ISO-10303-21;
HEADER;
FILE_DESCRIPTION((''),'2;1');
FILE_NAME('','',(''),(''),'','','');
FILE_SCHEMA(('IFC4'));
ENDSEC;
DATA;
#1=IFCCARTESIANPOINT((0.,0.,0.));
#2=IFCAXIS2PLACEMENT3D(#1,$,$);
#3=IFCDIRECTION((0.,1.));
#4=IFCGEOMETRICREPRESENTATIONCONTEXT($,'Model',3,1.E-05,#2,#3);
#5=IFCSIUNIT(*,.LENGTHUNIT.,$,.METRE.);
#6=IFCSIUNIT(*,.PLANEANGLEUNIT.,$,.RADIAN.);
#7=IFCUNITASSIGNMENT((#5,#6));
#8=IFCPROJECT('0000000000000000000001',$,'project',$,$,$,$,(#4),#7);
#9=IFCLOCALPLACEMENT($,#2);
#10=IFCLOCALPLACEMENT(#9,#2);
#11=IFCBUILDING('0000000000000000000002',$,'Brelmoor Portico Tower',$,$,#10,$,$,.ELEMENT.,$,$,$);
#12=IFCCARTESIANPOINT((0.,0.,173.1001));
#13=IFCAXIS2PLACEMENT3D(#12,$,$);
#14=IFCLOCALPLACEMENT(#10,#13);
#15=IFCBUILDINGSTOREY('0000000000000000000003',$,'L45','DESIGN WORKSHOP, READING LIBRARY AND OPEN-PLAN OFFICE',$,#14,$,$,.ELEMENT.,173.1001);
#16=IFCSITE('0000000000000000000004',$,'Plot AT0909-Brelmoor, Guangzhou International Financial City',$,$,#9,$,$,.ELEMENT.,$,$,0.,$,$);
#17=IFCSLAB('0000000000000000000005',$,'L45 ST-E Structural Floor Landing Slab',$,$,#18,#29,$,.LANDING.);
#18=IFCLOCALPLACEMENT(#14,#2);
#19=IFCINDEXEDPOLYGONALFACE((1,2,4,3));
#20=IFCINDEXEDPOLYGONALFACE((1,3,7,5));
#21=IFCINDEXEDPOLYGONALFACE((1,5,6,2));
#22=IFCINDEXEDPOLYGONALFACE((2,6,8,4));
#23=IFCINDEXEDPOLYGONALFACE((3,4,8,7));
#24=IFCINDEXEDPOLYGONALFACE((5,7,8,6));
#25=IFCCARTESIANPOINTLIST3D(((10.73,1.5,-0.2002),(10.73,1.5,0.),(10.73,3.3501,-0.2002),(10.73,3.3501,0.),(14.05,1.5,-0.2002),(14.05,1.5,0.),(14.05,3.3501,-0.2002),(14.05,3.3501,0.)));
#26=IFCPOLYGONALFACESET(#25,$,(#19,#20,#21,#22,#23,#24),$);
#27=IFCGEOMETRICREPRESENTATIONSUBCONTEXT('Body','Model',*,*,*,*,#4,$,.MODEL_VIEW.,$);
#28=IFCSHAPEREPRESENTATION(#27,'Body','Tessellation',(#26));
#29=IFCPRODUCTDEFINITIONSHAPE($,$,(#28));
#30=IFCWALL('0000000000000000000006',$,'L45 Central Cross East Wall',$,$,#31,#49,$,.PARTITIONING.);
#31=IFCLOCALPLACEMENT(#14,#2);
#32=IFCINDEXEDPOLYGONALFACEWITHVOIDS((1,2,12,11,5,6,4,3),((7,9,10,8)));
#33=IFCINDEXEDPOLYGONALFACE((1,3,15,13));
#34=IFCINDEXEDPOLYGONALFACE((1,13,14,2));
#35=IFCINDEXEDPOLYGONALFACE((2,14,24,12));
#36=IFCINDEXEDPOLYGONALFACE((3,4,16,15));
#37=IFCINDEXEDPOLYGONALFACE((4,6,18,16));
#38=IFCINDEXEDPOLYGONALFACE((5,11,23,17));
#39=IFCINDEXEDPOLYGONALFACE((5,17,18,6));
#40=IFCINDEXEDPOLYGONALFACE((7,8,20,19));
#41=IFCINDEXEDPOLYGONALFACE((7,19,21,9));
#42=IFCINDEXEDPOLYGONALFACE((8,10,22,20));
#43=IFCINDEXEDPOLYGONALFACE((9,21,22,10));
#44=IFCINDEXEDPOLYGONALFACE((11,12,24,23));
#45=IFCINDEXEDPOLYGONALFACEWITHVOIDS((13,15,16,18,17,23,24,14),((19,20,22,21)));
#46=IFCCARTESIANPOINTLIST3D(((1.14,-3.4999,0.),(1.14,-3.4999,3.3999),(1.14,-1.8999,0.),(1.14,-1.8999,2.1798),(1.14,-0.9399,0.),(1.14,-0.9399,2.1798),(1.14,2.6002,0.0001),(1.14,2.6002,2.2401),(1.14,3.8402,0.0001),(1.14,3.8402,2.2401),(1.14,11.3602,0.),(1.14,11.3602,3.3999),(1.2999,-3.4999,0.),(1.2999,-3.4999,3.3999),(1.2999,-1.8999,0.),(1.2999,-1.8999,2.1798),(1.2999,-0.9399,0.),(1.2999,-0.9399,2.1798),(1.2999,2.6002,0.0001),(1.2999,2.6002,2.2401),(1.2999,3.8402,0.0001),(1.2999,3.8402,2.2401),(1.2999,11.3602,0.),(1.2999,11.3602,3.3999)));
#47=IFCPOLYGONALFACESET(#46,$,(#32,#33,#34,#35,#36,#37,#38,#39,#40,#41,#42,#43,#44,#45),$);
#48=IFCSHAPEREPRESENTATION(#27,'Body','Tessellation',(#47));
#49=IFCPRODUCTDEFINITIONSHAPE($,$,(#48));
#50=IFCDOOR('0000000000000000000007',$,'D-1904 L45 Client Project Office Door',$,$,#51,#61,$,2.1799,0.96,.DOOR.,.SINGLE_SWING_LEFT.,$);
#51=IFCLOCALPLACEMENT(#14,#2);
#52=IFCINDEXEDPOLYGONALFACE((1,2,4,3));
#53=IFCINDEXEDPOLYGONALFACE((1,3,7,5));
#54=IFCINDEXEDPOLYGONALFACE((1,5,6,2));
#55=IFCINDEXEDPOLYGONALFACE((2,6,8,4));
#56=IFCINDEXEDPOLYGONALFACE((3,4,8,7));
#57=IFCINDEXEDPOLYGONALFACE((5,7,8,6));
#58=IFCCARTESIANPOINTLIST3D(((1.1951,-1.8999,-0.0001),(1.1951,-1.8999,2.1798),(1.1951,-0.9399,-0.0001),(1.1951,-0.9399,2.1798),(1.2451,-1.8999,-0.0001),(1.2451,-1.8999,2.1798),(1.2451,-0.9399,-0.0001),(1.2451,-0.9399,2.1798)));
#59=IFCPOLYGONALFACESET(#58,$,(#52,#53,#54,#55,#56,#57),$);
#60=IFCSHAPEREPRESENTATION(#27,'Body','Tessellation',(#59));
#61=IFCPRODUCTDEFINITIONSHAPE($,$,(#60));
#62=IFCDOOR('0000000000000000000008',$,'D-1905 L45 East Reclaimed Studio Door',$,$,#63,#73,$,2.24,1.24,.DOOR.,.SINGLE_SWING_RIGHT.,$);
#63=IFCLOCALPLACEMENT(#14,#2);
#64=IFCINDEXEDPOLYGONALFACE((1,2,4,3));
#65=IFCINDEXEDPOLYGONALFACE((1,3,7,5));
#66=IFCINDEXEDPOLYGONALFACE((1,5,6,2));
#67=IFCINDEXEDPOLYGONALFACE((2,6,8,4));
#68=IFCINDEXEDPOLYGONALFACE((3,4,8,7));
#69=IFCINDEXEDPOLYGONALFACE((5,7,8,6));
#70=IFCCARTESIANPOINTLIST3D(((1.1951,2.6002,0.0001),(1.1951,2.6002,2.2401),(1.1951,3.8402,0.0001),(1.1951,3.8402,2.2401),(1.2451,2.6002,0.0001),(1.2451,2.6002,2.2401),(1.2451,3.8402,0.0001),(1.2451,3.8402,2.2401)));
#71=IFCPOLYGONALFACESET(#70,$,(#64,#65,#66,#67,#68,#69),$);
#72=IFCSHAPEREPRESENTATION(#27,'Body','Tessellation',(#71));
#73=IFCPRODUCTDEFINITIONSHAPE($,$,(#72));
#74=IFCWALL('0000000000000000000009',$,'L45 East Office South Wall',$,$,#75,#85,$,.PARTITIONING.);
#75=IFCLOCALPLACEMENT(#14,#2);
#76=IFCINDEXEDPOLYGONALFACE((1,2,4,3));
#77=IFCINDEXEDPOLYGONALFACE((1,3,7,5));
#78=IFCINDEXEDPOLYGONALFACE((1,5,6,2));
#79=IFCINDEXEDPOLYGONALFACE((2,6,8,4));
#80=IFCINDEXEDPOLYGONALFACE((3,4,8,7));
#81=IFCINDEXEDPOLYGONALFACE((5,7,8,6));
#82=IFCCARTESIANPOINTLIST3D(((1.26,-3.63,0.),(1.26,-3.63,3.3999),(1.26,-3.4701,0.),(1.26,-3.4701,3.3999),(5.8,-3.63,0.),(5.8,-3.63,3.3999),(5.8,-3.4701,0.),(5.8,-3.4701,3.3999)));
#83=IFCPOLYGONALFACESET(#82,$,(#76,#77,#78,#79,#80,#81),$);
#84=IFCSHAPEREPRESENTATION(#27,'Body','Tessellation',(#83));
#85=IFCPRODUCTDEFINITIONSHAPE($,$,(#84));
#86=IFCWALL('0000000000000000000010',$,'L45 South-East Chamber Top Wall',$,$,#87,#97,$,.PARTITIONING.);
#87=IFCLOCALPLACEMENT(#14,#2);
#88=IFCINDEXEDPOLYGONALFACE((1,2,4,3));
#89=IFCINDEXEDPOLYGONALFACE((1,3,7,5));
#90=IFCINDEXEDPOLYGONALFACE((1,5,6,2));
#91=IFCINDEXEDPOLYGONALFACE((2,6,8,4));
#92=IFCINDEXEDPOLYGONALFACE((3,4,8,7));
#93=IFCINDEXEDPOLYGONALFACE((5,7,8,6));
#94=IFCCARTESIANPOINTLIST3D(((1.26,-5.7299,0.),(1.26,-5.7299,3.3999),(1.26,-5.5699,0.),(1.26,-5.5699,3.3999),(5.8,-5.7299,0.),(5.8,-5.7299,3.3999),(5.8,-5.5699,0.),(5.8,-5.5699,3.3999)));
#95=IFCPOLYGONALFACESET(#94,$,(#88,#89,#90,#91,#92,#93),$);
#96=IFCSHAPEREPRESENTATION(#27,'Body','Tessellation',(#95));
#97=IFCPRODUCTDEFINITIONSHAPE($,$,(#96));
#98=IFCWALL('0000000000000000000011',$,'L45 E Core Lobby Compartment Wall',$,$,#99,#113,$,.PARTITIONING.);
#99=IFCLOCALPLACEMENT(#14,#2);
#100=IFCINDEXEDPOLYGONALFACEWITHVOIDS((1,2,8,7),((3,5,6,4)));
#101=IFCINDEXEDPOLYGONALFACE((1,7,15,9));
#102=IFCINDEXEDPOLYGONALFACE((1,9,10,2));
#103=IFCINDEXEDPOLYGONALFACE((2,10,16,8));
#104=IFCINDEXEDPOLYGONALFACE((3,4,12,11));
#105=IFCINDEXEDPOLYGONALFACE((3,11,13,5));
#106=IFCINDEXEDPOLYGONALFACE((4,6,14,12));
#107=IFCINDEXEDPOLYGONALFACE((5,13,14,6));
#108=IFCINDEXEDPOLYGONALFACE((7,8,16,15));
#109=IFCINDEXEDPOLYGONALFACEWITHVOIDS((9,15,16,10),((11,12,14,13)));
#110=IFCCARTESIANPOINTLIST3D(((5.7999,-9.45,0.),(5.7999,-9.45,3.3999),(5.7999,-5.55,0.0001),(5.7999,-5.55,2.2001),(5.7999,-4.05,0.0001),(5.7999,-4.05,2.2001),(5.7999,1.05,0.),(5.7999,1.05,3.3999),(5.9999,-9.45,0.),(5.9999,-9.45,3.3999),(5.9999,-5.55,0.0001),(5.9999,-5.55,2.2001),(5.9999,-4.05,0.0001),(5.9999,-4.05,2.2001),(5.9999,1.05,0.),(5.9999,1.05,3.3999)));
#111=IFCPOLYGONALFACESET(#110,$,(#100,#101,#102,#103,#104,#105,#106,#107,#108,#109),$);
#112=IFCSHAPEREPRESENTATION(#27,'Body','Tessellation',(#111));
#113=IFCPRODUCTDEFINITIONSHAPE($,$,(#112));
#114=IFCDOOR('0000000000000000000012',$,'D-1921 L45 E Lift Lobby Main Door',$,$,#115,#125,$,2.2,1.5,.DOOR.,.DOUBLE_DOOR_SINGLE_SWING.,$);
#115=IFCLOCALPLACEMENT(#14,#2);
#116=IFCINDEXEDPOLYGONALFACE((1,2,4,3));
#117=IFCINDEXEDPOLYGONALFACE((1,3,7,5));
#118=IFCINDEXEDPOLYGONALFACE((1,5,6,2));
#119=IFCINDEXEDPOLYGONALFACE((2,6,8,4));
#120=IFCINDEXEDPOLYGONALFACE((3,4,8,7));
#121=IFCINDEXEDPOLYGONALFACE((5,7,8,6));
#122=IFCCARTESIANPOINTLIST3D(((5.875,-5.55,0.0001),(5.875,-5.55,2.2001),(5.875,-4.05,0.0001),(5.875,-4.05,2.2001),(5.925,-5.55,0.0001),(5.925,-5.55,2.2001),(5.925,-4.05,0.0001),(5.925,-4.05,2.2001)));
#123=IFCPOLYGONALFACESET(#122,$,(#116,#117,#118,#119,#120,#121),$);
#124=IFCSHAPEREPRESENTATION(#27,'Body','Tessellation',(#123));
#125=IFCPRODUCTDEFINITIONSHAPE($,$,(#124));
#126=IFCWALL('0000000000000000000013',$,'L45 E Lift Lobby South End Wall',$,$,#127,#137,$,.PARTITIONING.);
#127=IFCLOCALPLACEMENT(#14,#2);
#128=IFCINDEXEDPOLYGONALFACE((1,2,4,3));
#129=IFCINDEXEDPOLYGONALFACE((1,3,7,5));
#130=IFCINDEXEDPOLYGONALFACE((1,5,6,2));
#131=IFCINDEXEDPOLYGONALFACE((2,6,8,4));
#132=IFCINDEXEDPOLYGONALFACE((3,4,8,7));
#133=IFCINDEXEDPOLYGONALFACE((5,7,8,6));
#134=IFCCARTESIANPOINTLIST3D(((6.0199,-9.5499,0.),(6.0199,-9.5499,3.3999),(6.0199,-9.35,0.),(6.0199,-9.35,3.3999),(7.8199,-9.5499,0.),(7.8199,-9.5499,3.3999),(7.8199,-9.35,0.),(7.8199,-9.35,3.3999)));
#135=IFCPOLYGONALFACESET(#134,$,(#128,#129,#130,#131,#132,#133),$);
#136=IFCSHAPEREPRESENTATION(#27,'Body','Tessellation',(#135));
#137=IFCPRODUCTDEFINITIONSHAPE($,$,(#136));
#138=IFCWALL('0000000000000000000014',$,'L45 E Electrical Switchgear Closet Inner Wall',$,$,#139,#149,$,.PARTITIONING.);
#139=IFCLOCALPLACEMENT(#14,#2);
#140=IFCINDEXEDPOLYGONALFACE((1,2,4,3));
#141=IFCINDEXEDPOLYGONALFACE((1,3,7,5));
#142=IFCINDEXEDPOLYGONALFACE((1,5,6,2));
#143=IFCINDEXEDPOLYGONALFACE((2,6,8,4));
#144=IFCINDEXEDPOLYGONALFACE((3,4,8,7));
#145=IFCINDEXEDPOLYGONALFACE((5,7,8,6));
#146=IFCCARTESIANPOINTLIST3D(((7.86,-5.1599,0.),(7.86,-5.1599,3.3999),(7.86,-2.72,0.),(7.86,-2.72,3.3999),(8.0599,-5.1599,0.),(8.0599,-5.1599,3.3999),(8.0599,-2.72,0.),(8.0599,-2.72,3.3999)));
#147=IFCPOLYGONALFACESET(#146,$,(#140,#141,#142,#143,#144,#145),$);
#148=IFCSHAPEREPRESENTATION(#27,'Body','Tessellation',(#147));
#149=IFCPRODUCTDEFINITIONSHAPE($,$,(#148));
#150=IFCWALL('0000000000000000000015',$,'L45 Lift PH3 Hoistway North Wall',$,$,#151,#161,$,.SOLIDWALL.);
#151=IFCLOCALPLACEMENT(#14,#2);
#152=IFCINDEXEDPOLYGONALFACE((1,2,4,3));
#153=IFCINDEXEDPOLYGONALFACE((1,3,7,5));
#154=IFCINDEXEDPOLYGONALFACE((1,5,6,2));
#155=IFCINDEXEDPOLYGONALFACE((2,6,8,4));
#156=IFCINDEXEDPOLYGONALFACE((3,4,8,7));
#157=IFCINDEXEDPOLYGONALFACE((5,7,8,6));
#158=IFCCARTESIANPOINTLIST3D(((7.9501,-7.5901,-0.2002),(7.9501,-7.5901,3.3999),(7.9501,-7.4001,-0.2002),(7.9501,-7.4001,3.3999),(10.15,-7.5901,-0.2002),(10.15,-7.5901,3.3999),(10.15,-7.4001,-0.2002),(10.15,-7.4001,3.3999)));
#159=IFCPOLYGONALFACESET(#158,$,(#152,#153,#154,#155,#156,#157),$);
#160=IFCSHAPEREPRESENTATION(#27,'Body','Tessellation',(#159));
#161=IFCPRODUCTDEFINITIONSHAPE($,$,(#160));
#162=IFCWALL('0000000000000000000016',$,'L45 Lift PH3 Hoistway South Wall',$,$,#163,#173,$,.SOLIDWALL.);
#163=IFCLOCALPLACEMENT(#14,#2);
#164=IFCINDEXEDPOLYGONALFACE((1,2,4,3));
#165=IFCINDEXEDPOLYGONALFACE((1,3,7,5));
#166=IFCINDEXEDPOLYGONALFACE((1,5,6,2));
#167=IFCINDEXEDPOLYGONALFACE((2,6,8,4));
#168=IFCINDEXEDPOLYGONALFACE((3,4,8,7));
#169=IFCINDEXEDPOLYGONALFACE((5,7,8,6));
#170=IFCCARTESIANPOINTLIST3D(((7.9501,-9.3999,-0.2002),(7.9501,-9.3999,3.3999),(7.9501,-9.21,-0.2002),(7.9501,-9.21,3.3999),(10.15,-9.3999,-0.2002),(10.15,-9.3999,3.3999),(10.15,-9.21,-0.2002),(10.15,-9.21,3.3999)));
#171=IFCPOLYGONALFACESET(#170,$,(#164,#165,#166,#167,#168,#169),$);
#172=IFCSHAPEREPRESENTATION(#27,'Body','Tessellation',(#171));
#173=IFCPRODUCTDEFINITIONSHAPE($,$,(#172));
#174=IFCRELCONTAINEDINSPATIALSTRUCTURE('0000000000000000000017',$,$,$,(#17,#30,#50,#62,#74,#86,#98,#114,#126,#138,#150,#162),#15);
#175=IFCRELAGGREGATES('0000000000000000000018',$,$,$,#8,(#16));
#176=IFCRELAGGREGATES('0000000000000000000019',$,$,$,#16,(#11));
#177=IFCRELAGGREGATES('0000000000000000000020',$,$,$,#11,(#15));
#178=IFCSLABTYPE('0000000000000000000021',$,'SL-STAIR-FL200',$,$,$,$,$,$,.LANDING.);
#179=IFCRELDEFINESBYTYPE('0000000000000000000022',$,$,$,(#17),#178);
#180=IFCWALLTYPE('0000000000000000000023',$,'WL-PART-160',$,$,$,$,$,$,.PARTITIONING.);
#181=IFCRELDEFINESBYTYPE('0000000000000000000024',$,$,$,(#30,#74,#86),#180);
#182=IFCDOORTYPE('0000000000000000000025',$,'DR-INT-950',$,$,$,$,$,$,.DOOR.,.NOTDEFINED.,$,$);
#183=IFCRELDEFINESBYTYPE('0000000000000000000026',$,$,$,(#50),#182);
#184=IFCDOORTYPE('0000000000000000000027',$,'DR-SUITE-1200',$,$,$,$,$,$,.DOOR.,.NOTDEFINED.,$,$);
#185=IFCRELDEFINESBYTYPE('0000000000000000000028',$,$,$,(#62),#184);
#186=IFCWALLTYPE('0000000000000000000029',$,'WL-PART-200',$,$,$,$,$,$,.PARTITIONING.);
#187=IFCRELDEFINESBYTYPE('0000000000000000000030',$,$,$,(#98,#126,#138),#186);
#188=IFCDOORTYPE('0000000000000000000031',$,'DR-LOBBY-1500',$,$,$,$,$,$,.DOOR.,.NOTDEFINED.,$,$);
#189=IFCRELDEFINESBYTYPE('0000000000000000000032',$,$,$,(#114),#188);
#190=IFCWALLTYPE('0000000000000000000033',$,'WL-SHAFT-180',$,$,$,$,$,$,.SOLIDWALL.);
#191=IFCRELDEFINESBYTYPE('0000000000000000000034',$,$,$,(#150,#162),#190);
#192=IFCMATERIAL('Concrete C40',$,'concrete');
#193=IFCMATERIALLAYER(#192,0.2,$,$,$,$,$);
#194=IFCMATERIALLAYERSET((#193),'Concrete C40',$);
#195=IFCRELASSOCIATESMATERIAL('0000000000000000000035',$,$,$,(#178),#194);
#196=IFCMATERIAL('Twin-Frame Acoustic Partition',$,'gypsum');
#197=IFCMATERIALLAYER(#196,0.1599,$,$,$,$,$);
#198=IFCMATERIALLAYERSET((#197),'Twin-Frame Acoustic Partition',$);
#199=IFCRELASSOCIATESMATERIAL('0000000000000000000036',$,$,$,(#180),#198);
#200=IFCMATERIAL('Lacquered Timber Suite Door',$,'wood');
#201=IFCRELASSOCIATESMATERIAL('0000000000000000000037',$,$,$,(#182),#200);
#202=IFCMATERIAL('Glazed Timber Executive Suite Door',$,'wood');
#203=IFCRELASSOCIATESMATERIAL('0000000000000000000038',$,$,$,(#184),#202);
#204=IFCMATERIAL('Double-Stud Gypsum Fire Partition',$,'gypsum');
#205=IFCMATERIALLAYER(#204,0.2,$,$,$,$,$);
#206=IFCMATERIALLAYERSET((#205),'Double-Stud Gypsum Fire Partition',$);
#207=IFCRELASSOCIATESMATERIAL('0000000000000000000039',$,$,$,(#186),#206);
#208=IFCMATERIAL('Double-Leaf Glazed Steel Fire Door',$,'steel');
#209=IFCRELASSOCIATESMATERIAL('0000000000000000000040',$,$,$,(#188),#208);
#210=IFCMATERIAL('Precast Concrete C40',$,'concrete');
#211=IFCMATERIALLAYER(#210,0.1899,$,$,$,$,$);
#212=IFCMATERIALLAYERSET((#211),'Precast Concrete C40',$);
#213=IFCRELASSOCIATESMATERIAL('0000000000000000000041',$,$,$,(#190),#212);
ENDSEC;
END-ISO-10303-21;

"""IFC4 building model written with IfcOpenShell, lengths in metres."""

from ifc_helpers import new_model, si_unit, direction, frame, frame_2d, origin, place, context, subcontext, project, spatial, polyline, rectangle, outline, extrude, material, layer, layer_set, type_object, element, fill, save


model = new_model("IFC4")

# Units and contexts
model_context = context("Model", 3, precision=1e-05, world=origin(), true_north=direction((0.0, 1.0)))
body_context = subcontext(model_context, "Body", "Model", "MODEL_VIEW")
ifc_project = project(units=[si_unit("LENGTHUNIT", "METRE"), si_unit("PLANEANGLEUNIT", "RADIAN")], contexts=[model_context])

# Site, building, storey
site_placement = place(None, origin())
site = spatial("IfcSite", under=ifc_project, at=site_placement, Name="Plot AT0909-Brelmoor, Guangzhou International Financial City", CompositionType="ELEMENT", RefElevation=0.0)
building_placement = place(site_placement, origin())
building = spatial("IfcBuilding", under=site, at=building_placement, Name="Brelmoor Portico Tower", CompositionType="ELEMENT")
storey_placement = place(building_placement, frame((0.0, 0.0, 173.1001)))
storey = spatial("IfcBuildingStorey", under=building, at=storey_placement, Name="L45", Description="DESIGN WORKSHOP, READING LIBRARY AND OPEN-PLAN OFFICE", CompositionType="ELEMENT", Elevation=173.1001)

# Slab
ifc_material_1 = material(Name="Concrete C40", Category="concrete")
ifc_layer_1 = layer(ifc_material_1, 0.2)
ifc_layer_set_1 = layer_set([ifc_layer_1], Name="Concrete C40")
slab_type = type_object("IfcSlabType", Name="SL-STAIR-FL200", PredefinedType="LANDING", material=ifc_layer_set_1)
slab_placement = place(storey_placement, frame((0.0, 0.0, -0.2002)))
element("IfcSlab", 1, at=slab_placement, inside=storey, type_object=slab_type, Name="L45 ST-E Structural Floor Landing Slab", PredefinedType="LANDING", context=body_context, shape_type="SweptSolid", body=[
    extrude(outline(polyline([(14.05, 1.5), (14.05, 3.3501), (10.73, 3.3501), (10.73, 1.5), (14.05, 1.5)])), origin(), (0.0, 0.0, 1.0), 0.2002),
])

# Wall, openings, doors
ifc_material_2 = material(Name="Twin-Frame Acoustic Partition", Category="gypsum")
ifc_layer_2 = layer(ifc_material_2, 0.1599)
ifc_layer_set_2 = layer_set([ifc_layer_2], Name="Twin-Frame Acoustic Partition")
wall_type_1 = type_object("IfcWallType", Name="WL-PART-160", PredefinedType="PARTITIONING", material=ifc_layer_set_2)
wall_1_placement = place(storey_placement, frame((1.22, -3.5, 0.0), z_axis=(0.0, 0.0, 1.0), x_axis=(0.0, 1.0, 0.0)))
wall_1 = element("IfcWall", 2, at=wall_1_placement, inside=storey, type_object=wall_type_1, Name="L45 Central Cross East Wall", PredefinedType="PARTITIONING", context=body_context, shape_type="SweptSolid", body=[
    extrude(rectangle(XDim=14.8601, YDim=0.1599, at=frame_2d((7.4302, 0.0))), origin(), (0.0, 0.0, 1.0), 3.3999),
])
opening_1_placement = place(wall_1_placement, frame((6.1001, 0.0, 0.0)))
opening_1 = element("IfcOpeningElement", 3, at=opening_1_placement, cuts=wall_1, PredefinedType="OPENING", context=body_context, shape_type="SweptSolid", body=[
    extrude(rectangle(XDim=1.24, YDim=2.24, at=frame_2d((0.6201, 1.1201))), frame((0.0, 0.0898, 0.0), z_axis=(0.0, -1.0, 0.0), x_axis=(1.0, 0.0, 0.0)), (0.0, 0.0, 1.0), 0.1799),
])
opening_2_placement = place(wall_1_placement, frame((1.6001, 0.0, 0.0)))
opening_2 = element("IfcOpeningElement", 4, at=opening_2_placement, cuts=wall_1, PredefinedType="OPENING", context=body_context, shape_type="SweptSolid", body=[
    extrude(rectangle(XDim=0.96, YDim=2.1799, at=frame_2d((0.48, 1.0898))), frame((0.0, 0.0898, 0.0), z_axis=(0.0, -1.0, 0.0), x_axis=(1.0, 0.0, 0.0)), (0.0, 0.0, 1.0), 0.1799),
])
ifc_material_3 = material(Name="Lacquered Timber Suite Door", Category="wood")
door_type_1 = type_object("IfcDoorType", Name="DR-INT-950", OperationType="NOTDEFINED", PredefinedType="DOOR", material=ifc_material_3)
door_1_placement = place(opening_2_placement, origin())
door_1 = element("IfcDoor", 5, at=door_1_placement, inside=storey, type_object=door_type_1, Name="D-1904 L45 Client Project Office Door", OperationType="SINGLE_SWING_LEFT", OverallHeight=2.1799, OverallWidth=0.96, PredefinedType="DOOR", context=body_context, shape_type="SweptSolid", body=[
    extrude(rectangle(XDim=0.96, YDim=2.1799, at=frame_2d((0.48, 1.0898))), frame((0.0, 0.0249, 0.0), z_axis=(0.0, -1.0, 0.0), x_axis=(1.0, 0.0, 0.0)), (0.0, 0.0, 1.0), 0.05),
])
fill(opening_2, door_1)
ifc_material_4 = material(Name="Glazed Timber Executive Suite Door", Category="wood")
door_type_2 = type_object("IfcDoorType", Name="DR-SUITE-1200", OperationType="NOTDEFINED", PredefinedType="DOOR", material=ifc_material_4)
door_2_placement = place(opening_1_placement, origin())
door_2 = element("IfcDoor", 6, at=door_2_placement, inside=storey, type_object=door_type_2, Name="D-1905 L45 East Reclaimed Studio Door", OperationType="SINGLE_SWING_RIGHT", OverallHeight=2.24, OverallWidth=1.24, PredefinedType="DOOR", context=body_context, shape_type="SweptSolid", body=[
    extrude(rectangle(XDim=1.24, YDim=2.24, at=frame_2d((0.6201, 1.1201))), frame((0.0, 0.0249, 0.0), z_axis=(0.0, -1.0, 0.0), x_axis=(1.0, 0.0, 0.0)), (0.0, 0.0, 1.0), 0.05),
])
fill(opening_1, door_2)

# Walls
for number, where, z_axis, x_axis, name in (
    (7, (1.26, -3.55, 0.0), (0.0, 0.0, 1.0), (1.0, 0.0, 0.0), "L45 East Office South Wall"),
    (8, (1.26, -5.6499, 0.0), (0.0, 0.0, 1.0), (1.0, 0.0, 0.0), "L45 South-East Chamber Top Wall"),
):
    element("IfcWall", number, at=place(storey_placement, frame(where, z_axis=z_axis, x_axis=x_axis)), inside=storey, type_object=wall_type_1, Name=name, PredefinedType="PARTITIONING", context=body_context, shape_type="SweptSolid", body=[
        extrude(rectangle(XDim=4.54, YDim=0.1599, at=frame_2d((2.27, 0.0))), origin(), (0.0, 0.0, 1.0), 3.3999),
    ])

# Wall, opening, door
ifc_material_5 = material(Name="Double-Stud Gypsum Fire Partition", Category="gypsum")
ifc_layer_3 = layer(ifc_material_5, 0.2)
ifc_layer_set_3 = layer_set([ifc_layer_3], Name="Double-Stud Gypsum Fire Partition")
wall_type_2 = type_object("IfcWallType", Name="WL-PART-200", PredefinedType="PARTITIONING", material=ifc_layer_set_3)
wall_2_placement = place(storey_placement, frame((5.8999, -9.45, 0.0), z_axis=(0.0, 0.0, 1.0), x_axis=(0.0, 1.0, 0.0)))
wall_2 = element("IfcWall", 9, at=wall_2_placement, inside=storey, type_object=wall_type_2, Name="L45 E Core Lobby Compartment Wall", PredefinedType="PARTITIONING", context=body_context, shape_type="SweptSolid", body=[
    extrude(rectangle(XDim=10.5, YDim=0.2, at=frame_2d((5.25, 0.0))), origin(), (0.0, 0.0, 1.0), 3.3999),
])
opening_3_placement = place(wall_2_placement, frame((3.8999, 0.0, 0.0)))
opening_3 = element("IfcOpeningElement", 10, at=opening_3_placement, cuts=wall_2, PredefinedType="OPENING", context=body_context, shape_type="SweptSolid", body=[
    extrude(rectangle(XDim=1.5, YDim=2.2, at=frame_2d((0.75, 1.1001))), frame((0.0, 0.1099, 0.0), z_axis=(0.0, -1.0, 0.0), x_axis=(1.0, 0.0, 0.0)), (0.0, 0.0, 1.0), 0.22),
])
ifc_material_6 = material(Name="Double-Leaf Glazed Steel Fire Door", Category="steel")
door_type_3 = type_object("IfcDoorType", Name="DR-LOBBY-1500", OperationType="NOTDEFINED", PredefinedType="DOOR", material=ifc_material_6)
door_3_placement = place(opening_3_placement, origin())
door_3 = element("IfcDoor", 11, at=door_3_placement, inside=storey, type_object=door_type_3, Name="D-1921 L45 E Lift Lobby Main Door", OperationType="DOUBLE_DOOR_SINGLE_SWING", OverallHeight=2.2, OverallWidth=1.5, PredefinedType="DOOR", context=body_context, shape_type="SweptSolid", body=[
    extrude(rectangle(XDim=1.5, YDim=2.2, at=frame_2d((0.75, 1.1001))), frame((0.0, 0.0249, 0.0), z_axis=(0.0, -1.0, 0.0), x_axis=(1.0, 0.0, 0.0)), (0.0, 0.0, 1.0), 0.05),
])
fill(opening_3, door_3)

# Walls
wall_3_placement = place(storey_placement, frame((6.02, -9.45, 0.0), z_axis=(0.0, 0.0, 1.0), x_axis=(1.0, 0.0, 0.0)))
element("IfcWall", 12, at=wall_3_placement, inside=storey, type_object=wall_type_2, Name="L45 E Lift Lobby South End Wall", PredefinedType="PARTITIONING", context=body_context, shape_type="SweptSolid", body=[
    extrude(rectangle(XDim=1.8, YDim=0.2, at=frame_2d((0.8999, 0.0))), origin(), (0.0, 0.0, 1.0), 3.3999),
])
wall_4_placement = place(storey_placement, frame((7.96, -5.1599, 0.0), z_axis=(0.0, 0.0, 1.0), x_axis=(0.0, 1.0, 0.0)))
element("IfcWall", 13, at=wall_4_placement, inside=storey, type_object=wall_type_2, Name="L45 E Electrical Switchgear Closet Inner Wall", PredefinedType="PARTITIONING", context=body_context, shape_type="SweptSolid", body=[
    extrude(rectangle(XDim=2.4399, YDim=0.2, at=frame_2d((1.22, 0.0))), origin(), (0.0, 0.0, 1.0), 3.3999),
])
ifc_material_7 = material(Name="Precast Concrete C40", Category="concrete")
ifc_layer_4 = layer(ifc_material_7, 0.1899)
ifc_layer_set_4 = layer_set([ifc_layer_4], Name="Precast Concrete C40")
wall_type_3 = type_object("IfcWallType", Name="WL-SHAFT-180", PredefinedType="SOLIDWALL", material=ifc_layer_set_4)
for number, where, z_axis, x_axis, name in (
    (14, (7.95, -7.4951, -0.2002), (0.0, 0.0, 1.0), (1.0, 0.0, 0.0), "L45 Lift PH3 Hoistway North Wall"),
    (15, (7.95, -9.3049, -0.2002), (0.0, 0.0, 1.0), (1.0, 0.0, 0.0), "L45 Lift PH3 Hoistway South Wall"),
):
    element("IfcWall", number, at=place(storey_placement, frame(where, z_axis=z_axis, x_axis=x_axis)), inside=storey, type_object=wall_type_3, Name=name, PredefinedType="SOLIDWALL", context=body_context, shape_type="SweptSolid", body=[
        extrude(rectangle(XDim=2.2, YDim=0.1899, at=frame_2d((1.1001, 0.0))), origin(), (0.0, 0.0, 1.0), 3.6001),
    ])

save(model, "model.ifc")
